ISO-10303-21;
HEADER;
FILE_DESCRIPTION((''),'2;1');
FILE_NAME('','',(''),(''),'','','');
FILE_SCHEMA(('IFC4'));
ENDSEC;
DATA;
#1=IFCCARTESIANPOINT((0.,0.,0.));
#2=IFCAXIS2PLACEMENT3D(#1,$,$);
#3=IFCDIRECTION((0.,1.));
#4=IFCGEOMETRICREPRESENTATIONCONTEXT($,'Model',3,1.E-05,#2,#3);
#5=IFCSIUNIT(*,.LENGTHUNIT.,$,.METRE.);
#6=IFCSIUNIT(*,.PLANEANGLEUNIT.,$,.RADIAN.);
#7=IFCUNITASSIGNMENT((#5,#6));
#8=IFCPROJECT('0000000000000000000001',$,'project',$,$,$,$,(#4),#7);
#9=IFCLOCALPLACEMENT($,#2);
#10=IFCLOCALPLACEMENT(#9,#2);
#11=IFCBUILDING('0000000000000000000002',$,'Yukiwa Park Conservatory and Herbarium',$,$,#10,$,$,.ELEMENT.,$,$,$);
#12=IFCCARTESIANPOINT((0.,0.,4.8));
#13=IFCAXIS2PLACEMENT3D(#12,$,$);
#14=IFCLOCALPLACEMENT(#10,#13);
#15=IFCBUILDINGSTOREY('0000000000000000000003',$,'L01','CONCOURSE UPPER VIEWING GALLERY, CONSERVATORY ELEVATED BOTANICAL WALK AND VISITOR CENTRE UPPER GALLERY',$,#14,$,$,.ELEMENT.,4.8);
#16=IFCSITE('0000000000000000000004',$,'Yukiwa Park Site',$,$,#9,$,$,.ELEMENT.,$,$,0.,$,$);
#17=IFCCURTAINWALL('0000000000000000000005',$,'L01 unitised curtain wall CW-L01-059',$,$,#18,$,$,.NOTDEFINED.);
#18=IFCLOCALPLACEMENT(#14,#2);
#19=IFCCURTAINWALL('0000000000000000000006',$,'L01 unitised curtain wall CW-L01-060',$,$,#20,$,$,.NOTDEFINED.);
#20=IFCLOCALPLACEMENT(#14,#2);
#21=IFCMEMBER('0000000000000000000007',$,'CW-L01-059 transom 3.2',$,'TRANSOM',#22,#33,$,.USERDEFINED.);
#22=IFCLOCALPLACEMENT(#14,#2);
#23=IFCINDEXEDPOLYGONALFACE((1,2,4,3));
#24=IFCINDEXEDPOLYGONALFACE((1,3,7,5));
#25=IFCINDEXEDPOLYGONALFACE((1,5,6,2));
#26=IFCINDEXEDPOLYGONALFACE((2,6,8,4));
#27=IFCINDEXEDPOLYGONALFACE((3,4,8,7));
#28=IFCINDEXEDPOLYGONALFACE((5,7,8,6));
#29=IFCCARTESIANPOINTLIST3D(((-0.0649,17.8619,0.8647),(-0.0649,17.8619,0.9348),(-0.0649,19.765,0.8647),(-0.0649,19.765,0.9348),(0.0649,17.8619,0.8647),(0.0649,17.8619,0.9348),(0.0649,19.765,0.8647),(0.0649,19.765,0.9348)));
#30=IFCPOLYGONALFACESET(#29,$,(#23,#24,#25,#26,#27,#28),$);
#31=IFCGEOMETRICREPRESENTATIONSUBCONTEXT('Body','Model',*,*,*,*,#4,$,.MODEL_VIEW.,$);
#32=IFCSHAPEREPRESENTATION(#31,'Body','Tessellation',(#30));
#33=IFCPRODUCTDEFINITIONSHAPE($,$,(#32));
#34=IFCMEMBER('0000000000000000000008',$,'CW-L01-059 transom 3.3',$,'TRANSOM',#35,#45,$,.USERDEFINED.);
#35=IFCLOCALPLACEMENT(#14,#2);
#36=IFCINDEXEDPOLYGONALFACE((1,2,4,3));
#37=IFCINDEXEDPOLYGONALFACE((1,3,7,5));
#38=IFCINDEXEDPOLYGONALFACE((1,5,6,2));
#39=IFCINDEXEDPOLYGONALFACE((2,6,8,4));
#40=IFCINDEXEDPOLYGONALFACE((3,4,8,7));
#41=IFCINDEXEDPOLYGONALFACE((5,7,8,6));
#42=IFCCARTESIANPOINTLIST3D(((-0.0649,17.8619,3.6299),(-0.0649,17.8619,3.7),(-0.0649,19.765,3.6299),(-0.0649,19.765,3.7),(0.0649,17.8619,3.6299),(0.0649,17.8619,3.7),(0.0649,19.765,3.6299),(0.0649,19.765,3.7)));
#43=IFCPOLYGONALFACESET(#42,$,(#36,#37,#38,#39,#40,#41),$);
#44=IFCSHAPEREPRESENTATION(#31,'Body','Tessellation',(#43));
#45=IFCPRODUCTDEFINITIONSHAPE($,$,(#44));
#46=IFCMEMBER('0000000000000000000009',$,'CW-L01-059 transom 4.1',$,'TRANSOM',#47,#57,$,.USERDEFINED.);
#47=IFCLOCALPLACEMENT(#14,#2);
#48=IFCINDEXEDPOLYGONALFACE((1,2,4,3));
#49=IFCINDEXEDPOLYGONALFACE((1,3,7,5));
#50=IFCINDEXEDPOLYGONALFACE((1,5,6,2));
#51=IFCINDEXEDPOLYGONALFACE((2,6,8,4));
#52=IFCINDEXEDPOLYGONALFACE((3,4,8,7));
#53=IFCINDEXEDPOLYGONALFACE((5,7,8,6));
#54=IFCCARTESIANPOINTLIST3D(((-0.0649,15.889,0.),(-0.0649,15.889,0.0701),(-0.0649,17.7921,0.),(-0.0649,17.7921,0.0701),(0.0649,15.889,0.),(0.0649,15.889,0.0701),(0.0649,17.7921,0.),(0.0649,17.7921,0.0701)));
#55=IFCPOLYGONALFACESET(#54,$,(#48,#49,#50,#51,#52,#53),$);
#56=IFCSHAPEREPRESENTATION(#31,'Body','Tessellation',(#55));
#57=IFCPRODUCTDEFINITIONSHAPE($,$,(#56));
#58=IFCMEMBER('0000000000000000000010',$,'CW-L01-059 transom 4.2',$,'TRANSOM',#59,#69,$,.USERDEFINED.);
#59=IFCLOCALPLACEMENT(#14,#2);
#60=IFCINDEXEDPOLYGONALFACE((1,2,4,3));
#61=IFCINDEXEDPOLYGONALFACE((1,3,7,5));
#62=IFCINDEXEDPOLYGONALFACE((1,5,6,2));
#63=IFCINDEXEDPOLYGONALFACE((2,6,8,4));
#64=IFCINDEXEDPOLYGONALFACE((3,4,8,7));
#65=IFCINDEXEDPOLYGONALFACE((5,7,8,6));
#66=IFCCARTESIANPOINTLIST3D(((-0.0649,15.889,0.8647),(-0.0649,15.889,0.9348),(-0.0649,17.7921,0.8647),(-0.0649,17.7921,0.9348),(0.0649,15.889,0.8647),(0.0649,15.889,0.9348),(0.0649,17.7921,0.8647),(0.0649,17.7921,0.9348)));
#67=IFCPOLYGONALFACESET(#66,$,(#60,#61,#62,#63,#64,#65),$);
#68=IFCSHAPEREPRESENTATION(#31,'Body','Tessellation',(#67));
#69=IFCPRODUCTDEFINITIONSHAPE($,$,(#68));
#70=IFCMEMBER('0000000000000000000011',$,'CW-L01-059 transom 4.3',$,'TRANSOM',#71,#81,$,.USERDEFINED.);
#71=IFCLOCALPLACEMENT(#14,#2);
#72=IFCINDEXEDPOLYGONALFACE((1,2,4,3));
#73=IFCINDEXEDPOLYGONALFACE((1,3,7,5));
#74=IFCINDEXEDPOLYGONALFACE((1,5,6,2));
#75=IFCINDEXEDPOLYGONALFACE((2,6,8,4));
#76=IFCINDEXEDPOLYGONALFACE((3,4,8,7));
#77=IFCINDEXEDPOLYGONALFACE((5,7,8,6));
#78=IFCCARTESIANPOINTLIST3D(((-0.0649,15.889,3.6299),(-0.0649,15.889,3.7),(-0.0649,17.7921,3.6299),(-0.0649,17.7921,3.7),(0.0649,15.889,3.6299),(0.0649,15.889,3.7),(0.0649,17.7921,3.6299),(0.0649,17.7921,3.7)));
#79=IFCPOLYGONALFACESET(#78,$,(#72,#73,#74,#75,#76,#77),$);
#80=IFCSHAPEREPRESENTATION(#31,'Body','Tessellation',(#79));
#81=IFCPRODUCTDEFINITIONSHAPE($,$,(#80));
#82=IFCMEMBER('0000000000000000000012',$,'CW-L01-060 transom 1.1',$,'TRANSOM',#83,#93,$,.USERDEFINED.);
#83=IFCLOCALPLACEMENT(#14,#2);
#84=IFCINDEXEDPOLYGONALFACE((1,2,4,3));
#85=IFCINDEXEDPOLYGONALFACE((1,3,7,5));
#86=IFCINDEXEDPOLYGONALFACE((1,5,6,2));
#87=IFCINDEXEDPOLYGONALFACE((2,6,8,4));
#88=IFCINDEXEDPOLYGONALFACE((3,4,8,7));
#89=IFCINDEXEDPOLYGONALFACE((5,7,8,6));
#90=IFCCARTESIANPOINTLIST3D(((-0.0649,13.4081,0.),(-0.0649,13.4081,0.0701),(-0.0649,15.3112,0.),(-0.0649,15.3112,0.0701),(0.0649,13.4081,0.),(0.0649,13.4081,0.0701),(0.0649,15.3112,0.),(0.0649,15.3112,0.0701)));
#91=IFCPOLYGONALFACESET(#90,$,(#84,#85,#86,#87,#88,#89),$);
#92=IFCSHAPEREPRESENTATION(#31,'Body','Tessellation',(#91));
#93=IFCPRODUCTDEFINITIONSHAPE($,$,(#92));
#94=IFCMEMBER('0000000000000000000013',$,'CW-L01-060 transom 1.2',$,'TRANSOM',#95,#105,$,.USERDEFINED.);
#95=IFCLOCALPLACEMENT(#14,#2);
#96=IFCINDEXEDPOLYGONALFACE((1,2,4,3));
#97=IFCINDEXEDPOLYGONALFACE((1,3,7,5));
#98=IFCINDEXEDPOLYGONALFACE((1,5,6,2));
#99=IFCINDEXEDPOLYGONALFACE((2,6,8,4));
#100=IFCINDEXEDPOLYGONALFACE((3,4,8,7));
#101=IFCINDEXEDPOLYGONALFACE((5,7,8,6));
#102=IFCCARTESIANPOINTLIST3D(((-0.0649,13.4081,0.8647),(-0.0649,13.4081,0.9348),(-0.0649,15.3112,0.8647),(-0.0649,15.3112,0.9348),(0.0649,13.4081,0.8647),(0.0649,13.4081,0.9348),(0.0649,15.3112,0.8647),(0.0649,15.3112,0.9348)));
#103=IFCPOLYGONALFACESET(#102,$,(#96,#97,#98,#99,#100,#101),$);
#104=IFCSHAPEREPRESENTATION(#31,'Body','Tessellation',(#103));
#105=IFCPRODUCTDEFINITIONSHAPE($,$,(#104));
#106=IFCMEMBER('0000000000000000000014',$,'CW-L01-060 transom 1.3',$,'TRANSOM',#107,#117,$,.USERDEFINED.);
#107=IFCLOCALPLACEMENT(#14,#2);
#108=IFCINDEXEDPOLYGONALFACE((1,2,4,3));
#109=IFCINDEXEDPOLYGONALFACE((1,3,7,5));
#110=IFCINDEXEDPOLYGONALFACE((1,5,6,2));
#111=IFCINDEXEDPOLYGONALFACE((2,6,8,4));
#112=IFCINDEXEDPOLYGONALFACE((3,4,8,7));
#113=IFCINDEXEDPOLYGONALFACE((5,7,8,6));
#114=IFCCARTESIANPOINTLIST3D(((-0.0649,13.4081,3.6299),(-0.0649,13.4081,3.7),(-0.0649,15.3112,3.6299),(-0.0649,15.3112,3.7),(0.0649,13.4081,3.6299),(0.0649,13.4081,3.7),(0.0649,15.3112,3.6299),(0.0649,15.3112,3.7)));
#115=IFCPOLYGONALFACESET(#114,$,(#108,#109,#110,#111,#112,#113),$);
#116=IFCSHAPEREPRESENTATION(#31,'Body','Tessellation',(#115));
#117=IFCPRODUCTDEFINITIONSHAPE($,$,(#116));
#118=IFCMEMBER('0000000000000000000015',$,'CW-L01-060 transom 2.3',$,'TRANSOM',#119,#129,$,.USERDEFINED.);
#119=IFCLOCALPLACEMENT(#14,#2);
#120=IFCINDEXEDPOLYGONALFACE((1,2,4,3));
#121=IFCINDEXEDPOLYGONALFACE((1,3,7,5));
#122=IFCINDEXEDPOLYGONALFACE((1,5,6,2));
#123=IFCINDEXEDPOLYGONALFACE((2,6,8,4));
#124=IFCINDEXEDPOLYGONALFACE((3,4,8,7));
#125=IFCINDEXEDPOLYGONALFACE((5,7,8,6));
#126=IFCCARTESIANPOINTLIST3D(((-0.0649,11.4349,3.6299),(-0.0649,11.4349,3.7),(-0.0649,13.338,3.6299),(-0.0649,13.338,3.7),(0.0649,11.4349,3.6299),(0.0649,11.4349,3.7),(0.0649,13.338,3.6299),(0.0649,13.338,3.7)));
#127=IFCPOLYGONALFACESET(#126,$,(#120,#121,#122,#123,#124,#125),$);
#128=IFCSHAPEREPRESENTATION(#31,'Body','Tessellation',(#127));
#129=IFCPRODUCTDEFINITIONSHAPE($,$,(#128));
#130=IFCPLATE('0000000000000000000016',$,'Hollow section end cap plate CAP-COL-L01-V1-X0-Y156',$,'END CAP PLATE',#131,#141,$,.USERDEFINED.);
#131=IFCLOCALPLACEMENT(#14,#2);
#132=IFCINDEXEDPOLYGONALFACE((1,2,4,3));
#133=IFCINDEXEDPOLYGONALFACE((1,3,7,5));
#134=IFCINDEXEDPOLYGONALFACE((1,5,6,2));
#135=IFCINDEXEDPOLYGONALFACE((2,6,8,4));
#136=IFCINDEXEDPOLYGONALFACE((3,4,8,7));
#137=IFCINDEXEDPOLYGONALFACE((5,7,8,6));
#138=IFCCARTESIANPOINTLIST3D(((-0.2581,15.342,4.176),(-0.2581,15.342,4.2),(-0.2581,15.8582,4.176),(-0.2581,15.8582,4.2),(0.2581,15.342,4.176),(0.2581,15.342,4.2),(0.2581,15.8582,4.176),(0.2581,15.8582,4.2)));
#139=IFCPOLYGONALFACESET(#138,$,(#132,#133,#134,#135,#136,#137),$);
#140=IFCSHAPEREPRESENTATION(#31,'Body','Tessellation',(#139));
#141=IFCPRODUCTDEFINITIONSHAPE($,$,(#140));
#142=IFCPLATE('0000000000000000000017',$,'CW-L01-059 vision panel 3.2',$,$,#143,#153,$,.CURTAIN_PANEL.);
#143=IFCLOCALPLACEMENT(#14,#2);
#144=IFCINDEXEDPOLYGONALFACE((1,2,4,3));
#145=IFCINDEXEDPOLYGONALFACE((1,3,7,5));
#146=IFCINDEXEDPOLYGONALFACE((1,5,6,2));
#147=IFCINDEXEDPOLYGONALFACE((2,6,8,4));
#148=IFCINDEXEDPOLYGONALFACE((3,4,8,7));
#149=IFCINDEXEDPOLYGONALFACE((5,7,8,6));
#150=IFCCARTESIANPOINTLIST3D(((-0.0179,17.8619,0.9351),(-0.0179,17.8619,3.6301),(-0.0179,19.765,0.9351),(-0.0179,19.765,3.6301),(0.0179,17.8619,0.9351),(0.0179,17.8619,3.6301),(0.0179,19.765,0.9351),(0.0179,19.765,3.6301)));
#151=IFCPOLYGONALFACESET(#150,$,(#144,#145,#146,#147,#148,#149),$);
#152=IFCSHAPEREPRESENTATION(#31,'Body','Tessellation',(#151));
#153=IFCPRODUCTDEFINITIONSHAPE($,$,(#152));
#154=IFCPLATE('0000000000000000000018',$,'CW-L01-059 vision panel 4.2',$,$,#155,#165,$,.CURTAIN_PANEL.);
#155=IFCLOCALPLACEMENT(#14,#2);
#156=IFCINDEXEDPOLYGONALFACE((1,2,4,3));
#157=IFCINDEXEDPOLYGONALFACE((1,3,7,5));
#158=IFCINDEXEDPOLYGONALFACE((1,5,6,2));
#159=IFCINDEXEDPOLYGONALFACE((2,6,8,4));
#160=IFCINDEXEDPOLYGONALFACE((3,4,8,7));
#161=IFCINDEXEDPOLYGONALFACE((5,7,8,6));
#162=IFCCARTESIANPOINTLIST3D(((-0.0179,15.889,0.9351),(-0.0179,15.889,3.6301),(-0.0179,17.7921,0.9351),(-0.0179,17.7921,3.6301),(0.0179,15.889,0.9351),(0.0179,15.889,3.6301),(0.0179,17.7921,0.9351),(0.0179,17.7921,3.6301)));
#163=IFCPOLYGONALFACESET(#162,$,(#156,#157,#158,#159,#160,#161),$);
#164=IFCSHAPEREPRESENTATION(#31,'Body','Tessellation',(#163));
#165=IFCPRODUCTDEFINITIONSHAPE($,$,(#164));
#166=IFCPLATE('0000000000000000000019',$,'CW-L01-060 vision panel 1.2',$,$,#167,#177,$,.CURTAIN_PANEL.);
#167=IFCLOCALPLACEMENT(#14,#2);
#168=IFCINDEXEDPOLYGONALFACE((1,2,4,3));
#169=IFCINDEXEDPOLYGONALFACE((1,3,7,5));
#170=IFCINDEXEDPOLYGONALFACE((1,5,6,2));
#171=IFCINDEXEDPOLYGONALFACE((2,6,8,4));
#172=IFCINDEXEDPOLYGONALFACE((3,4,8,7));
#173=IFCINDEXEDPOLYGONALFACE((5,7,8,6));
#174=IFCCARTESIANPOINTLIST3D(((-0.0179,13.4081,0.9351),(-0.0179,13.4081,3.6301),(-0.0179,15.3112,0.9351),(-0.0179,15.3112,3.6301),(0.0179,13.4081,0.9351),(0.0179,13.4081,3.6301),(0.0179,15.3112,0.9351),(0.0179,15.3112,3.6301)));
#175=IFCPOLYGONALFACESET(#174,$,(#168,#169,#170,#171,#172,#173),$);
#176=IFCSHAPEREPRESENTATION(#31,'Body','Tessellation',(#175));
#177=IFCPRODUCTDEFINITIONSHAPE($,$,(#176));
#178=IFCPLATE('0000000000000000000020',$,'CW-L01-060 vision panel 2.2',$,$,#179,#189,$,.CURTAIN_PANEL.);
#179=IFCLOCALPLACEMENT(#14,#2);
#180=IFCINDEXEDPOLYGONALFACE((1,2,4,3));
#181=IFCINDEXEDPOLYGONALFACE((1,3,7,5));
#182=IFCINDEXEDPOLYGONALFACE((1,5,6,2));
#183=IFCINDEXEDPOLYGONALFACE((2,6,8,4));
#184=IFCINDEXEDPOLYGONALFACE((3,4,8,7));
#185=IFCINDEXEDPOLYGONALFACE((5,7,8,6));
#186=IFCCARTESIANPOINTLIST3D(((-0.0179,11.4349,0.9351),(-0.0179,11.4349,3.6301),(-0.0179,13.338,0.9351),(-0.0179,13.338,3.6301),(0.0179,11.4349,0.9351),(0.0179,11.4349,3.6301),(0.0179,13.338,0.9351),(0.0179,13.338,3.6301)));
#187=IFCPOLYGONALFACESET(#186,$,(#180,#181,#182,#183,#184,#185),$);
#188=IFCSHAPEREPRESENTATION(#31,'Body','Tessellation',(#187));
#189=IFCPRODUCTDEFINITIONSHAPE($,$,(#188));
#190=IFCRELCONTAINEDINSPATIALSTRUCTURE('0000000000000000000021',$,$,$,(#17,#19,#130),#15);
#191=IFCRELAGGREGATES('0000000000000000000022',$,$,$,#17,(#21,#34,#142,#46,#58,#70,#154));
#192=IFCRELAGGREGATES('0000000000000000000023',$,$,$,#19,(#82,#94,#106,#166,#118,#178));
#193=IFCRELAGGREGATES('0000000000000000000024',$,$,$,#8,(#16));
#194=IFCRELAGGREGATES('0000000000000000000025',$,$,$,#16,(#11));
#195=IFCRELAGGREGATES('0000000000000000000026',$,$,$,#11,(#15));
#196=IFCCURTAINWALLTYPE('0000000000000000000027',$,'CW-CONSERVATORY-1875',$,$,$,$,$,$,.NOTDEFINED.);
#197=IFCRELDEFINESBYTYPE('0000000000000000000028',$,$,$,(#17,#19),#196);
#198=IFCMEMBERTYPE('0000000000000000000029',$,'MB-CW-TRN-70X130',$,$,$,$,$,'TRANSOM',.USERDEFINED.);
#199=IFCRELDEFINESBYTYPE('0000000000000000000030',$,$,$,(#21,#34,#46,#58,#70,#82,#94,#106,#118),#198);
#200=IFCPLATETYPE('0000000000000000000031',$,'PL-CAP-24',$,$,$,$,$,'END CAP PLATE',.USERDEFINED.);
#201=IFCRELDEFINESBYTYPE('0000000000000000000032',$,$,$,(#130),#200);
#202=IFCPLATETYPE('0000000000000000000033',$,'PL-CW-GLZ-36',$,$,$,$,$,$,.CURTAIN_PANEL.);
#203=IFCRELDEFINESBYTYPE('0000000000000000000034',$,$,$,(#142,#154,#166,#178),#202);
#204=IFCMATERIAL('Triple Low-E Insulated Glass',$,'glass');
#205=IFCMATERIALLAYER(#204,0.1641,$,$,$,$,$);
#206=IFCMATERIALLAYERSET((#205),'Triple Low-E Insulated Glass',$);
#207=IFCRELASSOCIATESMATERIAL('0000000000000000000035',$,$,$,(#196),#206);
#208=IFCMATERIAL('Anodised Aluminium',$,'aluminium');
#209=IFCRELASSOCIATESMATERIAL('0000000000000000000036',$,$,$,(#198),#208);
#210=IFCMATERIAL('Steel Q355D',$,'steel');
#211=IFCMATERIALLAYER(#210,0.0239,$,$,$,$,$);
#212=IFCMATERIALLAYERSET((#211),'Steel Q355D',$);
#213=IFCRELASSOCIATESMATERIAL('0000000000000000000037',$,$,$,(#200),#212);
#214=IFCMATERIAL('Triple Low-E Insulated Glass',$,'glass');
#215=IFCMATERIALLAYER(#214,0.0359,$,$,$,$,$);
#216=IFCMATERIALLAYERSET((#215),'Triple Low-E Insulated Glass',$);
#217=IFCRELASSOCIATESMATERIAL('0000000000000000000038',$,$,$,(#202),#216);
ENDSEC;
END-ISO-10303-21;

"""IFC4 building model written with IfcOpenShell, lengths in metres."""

from ifc_helpers import new_model, si_unit, direction, frame, origin, origin_2d, place, context, subcontext, project, spatial, rectangle, extrude, material, layer, layer_set, type_object, element, aggregate, save


model = new_model("IFC4")

# Units and contexts
model_context = context("Model", 3, precision=1e-05, world=origin(), true_north=direction((0.0, 1.0)))
body_context = subcontext(model_context, "Body", "Model", "MODEL_VIEW")
ifc_project = project(units=[si_unit("LENGTHUNIT", "METRE"), si_unit("PLANEANGLEUNIT", "RADIAN")], contexts=[model_context])

# Site, building, storey
site_placement = place(None, origin())
site = spatial("IfcSite", under=ifc_project, at=site_placement, Name="Yukiwa Park Site", CompositionType="ELEMENT", RefElevation=0.0)
building_placement = place(site_placement, origin())
building = spatial("IfcBuilding", under=site, at=building_placement, Name="Yukiwa Park Conservatory and Herbarium", CompositionType="ELEMENT")
storey_placement = place(building_placement, frame((0.0, 0.0, 4.8)))
storey = spatial("IfcBuildingStorey", under=building, at=storey_placement, Name="L01", Description="CONCOURSE UPPER VIEWING GALLERY, CONSERVATORY ELEVATED BOTANICAL WALK AND VISITOR CENTRE UPPER GALLERY", CompositionType="ELEMENT", Elevation=4.8)

# Curtain walls
ifc_material_1 = material(Name="Triple Low-E Insulated Glass", Category="glass")
ifc_layer_1 = layer(ifc_material_1, 0.1641)
ifc_layer_set_1 = layer_set([ifc_layer_1], Name="Triple Low-E Insulated Glass")
curtain_wall_type = type_object("IfcCurtainWallType", Name="CW-CONSERVATORY-1875", PredefinedType="NOTDEFINED", material=ifc_layer_set_1)
curtain_wall_1_placement = place(storey_placement, origin())
curtain_wall_1 = element("IfcCurtainWall", 1, at=curtain_wall_1_placement, inside=storey, type_object=curtain_wall_type, Name="L01 unitised curtain wall CW-L01-059", PredefinedType="NOTDEFINED")
curtain_wall_2_placement = place(storey_placement, origin())
curtain_wall_2 = element("IfcCurtainWall", 2, at=curtain_wall_2_placement, inside=storey, type_object=curtain_wall_type, Name="L01 unitised curtain wall CW-L01-060", PredefinedType="NOTDEFINED")

# Members
ifc_material_2 = material(Name="Anodised Aluminium", Category="aluminium")
member_type_1 = type_object("IfcMemberType", Name="MB-CW-TRN-70X130", ElementType="TRANSOM", PredefinedType="USERDEFINED", material=ifc_material_2)
member_1_placement = place(storey_placement, frame((0.0, 18.8135, 0.8647), z_axis=(0.0, 0.0, 1.0), x_axis=(0.0, -1.0, 0.0)))
member_1 = element("IfcMember", 3, at=member_1_placement, type_object=member_type_1, Name="CW-L01-059 transom 3.2", ObjectType="TRANSOM", PredefinedType="USERDEFINED", context=body_context, shape_type="SweptSolid", body=[
    extrude(rectangle(XDim=1.9031, YDim=0.1299, at=origin_2d()), origin(), (0.0, 0.0, 1.0), 0.0701),
])
member_2_placement = place(storey_placement, frame((0.0, 18.8135, 3.6299), z_axis=(0.0, 0.0, 1.0), x_axis=(0.0, -1.0, 0.0)))
member_2 = element("IfcMember", 4, at=member_2_placement, type_object=member_type_1, Name="CW-L01-059 transom 3.3", ObjectType="TRANSOM", PredefinedType="USERDEFINED", context=body_context, shape_type="SweptSolid", body=[
    extrude(rectangle(XDim=1.9031, YDim=0.1299, at=origin_2d()), origin(), (0.0, 0.0, 1.0), 0.0701),
])
member_3_placement = place(storey_placement, frame((0.0, 16.8406, 0.0), z_axis=(0.0, 0.0, 1.0), x_axis=(0.0, -1.0, 0.0)))
member_3 = element("IfcMember", 5, at=member_3_placement, type_object=member_type_1, Name="CW-L01-059 transom 4.1", ObjectType="TRANSOM", PredefinedType="USERDEFINED", context=body_context, shape_type="SweptSolid", body=[
    extrude(rectangle(XDim=1.9031, YDim=0.1299, at=origin_2d()), origin(), (0.0, 0.0, 1.0), 0.0701),
])
member_4_placement = place(storey_placement, frame((0.0, 16.8406, 0.8647), z_axis=(0.0, 0.0, 1.0), x_axis=(0.0, -1.0, 0.0)))
member_4 = element("IfcMember", 6, at=member_4_placement, type_object=member_type_1, Name="CW-L01-059 transom 4.2", ObjectType="TRANSOM", PredefinedType="USERDEFINED", context=body_context, shape_type="SweptSolid", body=[
    extrude(rectangle(XDim=1.9031, YDim=0.1299, at=origin_2d()), origin(), (0.0, 0.0, 1.0), 0.0701),
])
member_5_placement = place(storey_placement, frame((0.0, 16.8406, 3.6299), z_axis=(0.0, 0.0, 1.0), x_axis=(0.0, -1.0, 0.0)))
member_5 = element("IfcMember", 7, at=member_5_placement, type_object=member_type_1, Name="CW-L01-059 transom 4.3", ObjectType="TRANSOM", PredefinedType="USERDEFINED", context=body_context, shape_type="SweptSolid", body=[
    extrude(rectangle(XDim=1.9031, YDim=0.1299, at=origin_2d()), origin(), (0.0, 0.0, 1.0), 0.0701),
])
member_6_placement = place(storey_placement, frame((0.0, 14.3596, 0.0), z_axis=(0.0, 0.0, 1.0), x_axis=(0.0, -1.0, 0.0)))
member_6 = element("IfcMember", 8, at=member_6_placement, type_object=member_type_1, Name="CW-L01-060 transom 1.1", ObjectType="TRANSOM", PredefinedType="USERDEFINED", context=body_context, shape_type="SweptSolid", body=[
    extrude(rectangle(XDim=1.9031, YDim=0.1299, at=origin_2d()), origin(), (0.0, 0.0, 1.0), 0.0701),
])
member_7_placement = place(storey_placement, frame((0.0, 14.3596, 0.8647), z_axis=(0.0, 0.0, 1.0), x_axis=(0.0, -1.0, 0.0)))
member_7 = element("IfcMember", 9, at=member_7_placement, type_object=member_type_1, Name="CW-L01-060 transom 1.2", ObjectType="TRANSOM", PredefinedType="USERDEFINED", context=body_context, shape_type="SweptSolid", body=[
    extrude(rectangle(XDim=1.9031, YDim=0.1299, at=origin_2d()), origin(), (0.0, 0.0, 1.0), 0.0701),
])
member_8_placement = place(storey_placement, frame((0.0, 14.3596, 3.6299), z_axis=(0.0, 0.0, 1.0), x_axis=(0.0, -1.0, 0.0)))
member_8 = element("IfcMember", 10, at=member_8_placement, type_object=member_type_1, Name="CW-L01-060 transom 1.3", ObjectType="TRANSOM", PredefinedType="USERDEFINED", context=body_context, shape_type="SweptSolid", body=[
    extrude(rectangle(XDim=1.9031, YDim=0.1299, at=origin_2d()), origin(), (0.0, 0.0, 1.0), 0.0701),
])
member_9_placement = place(storey_placement, frame((0.0, 12.3865, 3.6299), z_axis=(0.0, 0.0, 1.0), x_axis=(0.0, -1.0, 0.0)))
member_9 = element("IfcMember", 11, at=member_9_placement, type_object=member_type_1, Name="CW-L01-060 transom 2.3", ObjectType="TRANSOM", PredefinedType="USERDEFINED", context=body_context, shape_type="SweptSolid", body=[
    extrude(rectangle(XDim=1.9031, YDim=0.1299, at=origin_2d()), origin(), (0.0, 0.0, 1.0), 0.0701),
])

# Plates
ifc_material_3 = material(Name="Steel Q355D", Category="steel")
ifc_layer_2 = layer(ifc_material_3, 0.0239)
ifc_layer_set_2 = layer_set([ifc_layer_2], Name="Steel Q355D")
plate_type_1 = type_object("IfcPlateType", Name="PL-CAP-24", ElementType="END CAP PLATE", PredefinedType="USERDEFINED", material=ifc_layer_set_2)
plate_1_placement = place(storey_placement, frame((0.0, 15.6001, 4.176), z_axis=(0.0, 0.0, 1.0), x_axis=(1.0, 0.0, 0.0)))
element("IfcPlate", 12, at=plate_1_placement, inside=storey, type_object=plate_type_1, Name="Hollow section end cap plate CAP-COL-L01-V1-X0-Y156", ObjectType="END CAP PLATE", PredefinedType="USERDEFINED", context=body_context, shape_type="SweptSolid", body=[
    extrude(rectangle(XDim=0.5161, YDim=0.5161, at=origin_2d()), origin(), (0.0, 0.0, 1.0), 0.0239),
])
ifc_material_4 = material(Name="Triple Low-E Insulated Glass", Category="glass")
ifc_layer_3 = layer(ifc_material_4, 0.0359)
ifc_layer_set_3 = layer_set([ifc_layer_3], Name="Triple Low-E Insulated Glass")
plate_type_2 = type_object("IfcPlateType", Name="PL-CW-GLZ-36", PredefinedType="CURTAIN_PANEL", material=ifc_layer_set_3)
plate_2_placement = place(storey_placement, frame((0.0, 18.8135, 0.9351), z_axis=(0.0, 0.0, 1.0), x_axis=(0.0, -1.0, 0.0)))
plate_2 = element("IfcPlate", 13, at=plate_2_placement, type_object=plate_type_2, Name="CW-L01-059 vision panel 3.2", PredefinedType="CURTAIN_PANEL", context=body_context, shape_type="SweptSolid", body=[
    extrude(rectangle(XDim=1.9031, YDim=0.0359, at=origin_2d()), origin(), (0.0, 0.0, 1.0), 2.6951),
])
plate_3_placement = place(storey_placement, frame((0.0, 16.8406, 0.9351), z_axis=(0.0, 0.0, 1.0), x_axis=(0.0, -1.0, 0.0)))
plate_3 = element("IfcPlate", 14, at=plate_3_placement, type_object=plate_type_2, Name="CW-L01-059 vision panel 4.2", PredefinedType="CURTAIN_PANEL", context=body_context, shape_type="SweptSolid", body=[
    extrude(rectangle(XDim=1.9031, YDim=0.0359, at=origin_2d()), origin(), (0.0, 0.0, 1.0), 2.6951),
])
plate_4_placement = place(storey_placement, frame((0.0, 14.3596, 0.9351), z_axis=(0.0, 0.0, 1.0), x_axis=(0.0, -1.0, 0.0)))
plate_4 = element("IfcPlate", 15, at=plate_4_placement, type_object=plate_type_2, Name="CW-L01-060 vision panel 1.2", PredefinedType="CURTAIN_PANEL", context=body_context, shape_type="SweptSolid", body=[
    extrude(rectangle(XDim=1.9031, YDim=0.0359, at=origin_2d()), origin(), (0.0, 0.0, 1.0), 2.6951),
])
plate_5_placement = place(storey_placement, frame((0.0, 12.3865, 0.9351), z_axis=(0.0, 0.0, 1.0), x_axis=(0.0, -1.0, 0.0)))
plate_5 = element("IfcPlate", 16, at=plate_5_placement, type_object=plate_type_2, Name="CW-L01-060 vision panel 2.2", PredefinedType="CURTAIN_PANEL", context=body_context, shape_type="SweptSolid", body=[
    extrude(rectangle(XDim=1.9031, YDim=0.0359, at=origin_2d()), origin(), (0.0, 0.0, 1.0), 2.6951),
])
aggregate(curtain_wall_1, [member_1, member_2, plate_2, member_3, member_4, member_5, plate_3])
aggregate(curtain_wall_2, [member_6, member_7, member_8, plate_4, member_9, plate_5])

save(model, "model.ifc")
